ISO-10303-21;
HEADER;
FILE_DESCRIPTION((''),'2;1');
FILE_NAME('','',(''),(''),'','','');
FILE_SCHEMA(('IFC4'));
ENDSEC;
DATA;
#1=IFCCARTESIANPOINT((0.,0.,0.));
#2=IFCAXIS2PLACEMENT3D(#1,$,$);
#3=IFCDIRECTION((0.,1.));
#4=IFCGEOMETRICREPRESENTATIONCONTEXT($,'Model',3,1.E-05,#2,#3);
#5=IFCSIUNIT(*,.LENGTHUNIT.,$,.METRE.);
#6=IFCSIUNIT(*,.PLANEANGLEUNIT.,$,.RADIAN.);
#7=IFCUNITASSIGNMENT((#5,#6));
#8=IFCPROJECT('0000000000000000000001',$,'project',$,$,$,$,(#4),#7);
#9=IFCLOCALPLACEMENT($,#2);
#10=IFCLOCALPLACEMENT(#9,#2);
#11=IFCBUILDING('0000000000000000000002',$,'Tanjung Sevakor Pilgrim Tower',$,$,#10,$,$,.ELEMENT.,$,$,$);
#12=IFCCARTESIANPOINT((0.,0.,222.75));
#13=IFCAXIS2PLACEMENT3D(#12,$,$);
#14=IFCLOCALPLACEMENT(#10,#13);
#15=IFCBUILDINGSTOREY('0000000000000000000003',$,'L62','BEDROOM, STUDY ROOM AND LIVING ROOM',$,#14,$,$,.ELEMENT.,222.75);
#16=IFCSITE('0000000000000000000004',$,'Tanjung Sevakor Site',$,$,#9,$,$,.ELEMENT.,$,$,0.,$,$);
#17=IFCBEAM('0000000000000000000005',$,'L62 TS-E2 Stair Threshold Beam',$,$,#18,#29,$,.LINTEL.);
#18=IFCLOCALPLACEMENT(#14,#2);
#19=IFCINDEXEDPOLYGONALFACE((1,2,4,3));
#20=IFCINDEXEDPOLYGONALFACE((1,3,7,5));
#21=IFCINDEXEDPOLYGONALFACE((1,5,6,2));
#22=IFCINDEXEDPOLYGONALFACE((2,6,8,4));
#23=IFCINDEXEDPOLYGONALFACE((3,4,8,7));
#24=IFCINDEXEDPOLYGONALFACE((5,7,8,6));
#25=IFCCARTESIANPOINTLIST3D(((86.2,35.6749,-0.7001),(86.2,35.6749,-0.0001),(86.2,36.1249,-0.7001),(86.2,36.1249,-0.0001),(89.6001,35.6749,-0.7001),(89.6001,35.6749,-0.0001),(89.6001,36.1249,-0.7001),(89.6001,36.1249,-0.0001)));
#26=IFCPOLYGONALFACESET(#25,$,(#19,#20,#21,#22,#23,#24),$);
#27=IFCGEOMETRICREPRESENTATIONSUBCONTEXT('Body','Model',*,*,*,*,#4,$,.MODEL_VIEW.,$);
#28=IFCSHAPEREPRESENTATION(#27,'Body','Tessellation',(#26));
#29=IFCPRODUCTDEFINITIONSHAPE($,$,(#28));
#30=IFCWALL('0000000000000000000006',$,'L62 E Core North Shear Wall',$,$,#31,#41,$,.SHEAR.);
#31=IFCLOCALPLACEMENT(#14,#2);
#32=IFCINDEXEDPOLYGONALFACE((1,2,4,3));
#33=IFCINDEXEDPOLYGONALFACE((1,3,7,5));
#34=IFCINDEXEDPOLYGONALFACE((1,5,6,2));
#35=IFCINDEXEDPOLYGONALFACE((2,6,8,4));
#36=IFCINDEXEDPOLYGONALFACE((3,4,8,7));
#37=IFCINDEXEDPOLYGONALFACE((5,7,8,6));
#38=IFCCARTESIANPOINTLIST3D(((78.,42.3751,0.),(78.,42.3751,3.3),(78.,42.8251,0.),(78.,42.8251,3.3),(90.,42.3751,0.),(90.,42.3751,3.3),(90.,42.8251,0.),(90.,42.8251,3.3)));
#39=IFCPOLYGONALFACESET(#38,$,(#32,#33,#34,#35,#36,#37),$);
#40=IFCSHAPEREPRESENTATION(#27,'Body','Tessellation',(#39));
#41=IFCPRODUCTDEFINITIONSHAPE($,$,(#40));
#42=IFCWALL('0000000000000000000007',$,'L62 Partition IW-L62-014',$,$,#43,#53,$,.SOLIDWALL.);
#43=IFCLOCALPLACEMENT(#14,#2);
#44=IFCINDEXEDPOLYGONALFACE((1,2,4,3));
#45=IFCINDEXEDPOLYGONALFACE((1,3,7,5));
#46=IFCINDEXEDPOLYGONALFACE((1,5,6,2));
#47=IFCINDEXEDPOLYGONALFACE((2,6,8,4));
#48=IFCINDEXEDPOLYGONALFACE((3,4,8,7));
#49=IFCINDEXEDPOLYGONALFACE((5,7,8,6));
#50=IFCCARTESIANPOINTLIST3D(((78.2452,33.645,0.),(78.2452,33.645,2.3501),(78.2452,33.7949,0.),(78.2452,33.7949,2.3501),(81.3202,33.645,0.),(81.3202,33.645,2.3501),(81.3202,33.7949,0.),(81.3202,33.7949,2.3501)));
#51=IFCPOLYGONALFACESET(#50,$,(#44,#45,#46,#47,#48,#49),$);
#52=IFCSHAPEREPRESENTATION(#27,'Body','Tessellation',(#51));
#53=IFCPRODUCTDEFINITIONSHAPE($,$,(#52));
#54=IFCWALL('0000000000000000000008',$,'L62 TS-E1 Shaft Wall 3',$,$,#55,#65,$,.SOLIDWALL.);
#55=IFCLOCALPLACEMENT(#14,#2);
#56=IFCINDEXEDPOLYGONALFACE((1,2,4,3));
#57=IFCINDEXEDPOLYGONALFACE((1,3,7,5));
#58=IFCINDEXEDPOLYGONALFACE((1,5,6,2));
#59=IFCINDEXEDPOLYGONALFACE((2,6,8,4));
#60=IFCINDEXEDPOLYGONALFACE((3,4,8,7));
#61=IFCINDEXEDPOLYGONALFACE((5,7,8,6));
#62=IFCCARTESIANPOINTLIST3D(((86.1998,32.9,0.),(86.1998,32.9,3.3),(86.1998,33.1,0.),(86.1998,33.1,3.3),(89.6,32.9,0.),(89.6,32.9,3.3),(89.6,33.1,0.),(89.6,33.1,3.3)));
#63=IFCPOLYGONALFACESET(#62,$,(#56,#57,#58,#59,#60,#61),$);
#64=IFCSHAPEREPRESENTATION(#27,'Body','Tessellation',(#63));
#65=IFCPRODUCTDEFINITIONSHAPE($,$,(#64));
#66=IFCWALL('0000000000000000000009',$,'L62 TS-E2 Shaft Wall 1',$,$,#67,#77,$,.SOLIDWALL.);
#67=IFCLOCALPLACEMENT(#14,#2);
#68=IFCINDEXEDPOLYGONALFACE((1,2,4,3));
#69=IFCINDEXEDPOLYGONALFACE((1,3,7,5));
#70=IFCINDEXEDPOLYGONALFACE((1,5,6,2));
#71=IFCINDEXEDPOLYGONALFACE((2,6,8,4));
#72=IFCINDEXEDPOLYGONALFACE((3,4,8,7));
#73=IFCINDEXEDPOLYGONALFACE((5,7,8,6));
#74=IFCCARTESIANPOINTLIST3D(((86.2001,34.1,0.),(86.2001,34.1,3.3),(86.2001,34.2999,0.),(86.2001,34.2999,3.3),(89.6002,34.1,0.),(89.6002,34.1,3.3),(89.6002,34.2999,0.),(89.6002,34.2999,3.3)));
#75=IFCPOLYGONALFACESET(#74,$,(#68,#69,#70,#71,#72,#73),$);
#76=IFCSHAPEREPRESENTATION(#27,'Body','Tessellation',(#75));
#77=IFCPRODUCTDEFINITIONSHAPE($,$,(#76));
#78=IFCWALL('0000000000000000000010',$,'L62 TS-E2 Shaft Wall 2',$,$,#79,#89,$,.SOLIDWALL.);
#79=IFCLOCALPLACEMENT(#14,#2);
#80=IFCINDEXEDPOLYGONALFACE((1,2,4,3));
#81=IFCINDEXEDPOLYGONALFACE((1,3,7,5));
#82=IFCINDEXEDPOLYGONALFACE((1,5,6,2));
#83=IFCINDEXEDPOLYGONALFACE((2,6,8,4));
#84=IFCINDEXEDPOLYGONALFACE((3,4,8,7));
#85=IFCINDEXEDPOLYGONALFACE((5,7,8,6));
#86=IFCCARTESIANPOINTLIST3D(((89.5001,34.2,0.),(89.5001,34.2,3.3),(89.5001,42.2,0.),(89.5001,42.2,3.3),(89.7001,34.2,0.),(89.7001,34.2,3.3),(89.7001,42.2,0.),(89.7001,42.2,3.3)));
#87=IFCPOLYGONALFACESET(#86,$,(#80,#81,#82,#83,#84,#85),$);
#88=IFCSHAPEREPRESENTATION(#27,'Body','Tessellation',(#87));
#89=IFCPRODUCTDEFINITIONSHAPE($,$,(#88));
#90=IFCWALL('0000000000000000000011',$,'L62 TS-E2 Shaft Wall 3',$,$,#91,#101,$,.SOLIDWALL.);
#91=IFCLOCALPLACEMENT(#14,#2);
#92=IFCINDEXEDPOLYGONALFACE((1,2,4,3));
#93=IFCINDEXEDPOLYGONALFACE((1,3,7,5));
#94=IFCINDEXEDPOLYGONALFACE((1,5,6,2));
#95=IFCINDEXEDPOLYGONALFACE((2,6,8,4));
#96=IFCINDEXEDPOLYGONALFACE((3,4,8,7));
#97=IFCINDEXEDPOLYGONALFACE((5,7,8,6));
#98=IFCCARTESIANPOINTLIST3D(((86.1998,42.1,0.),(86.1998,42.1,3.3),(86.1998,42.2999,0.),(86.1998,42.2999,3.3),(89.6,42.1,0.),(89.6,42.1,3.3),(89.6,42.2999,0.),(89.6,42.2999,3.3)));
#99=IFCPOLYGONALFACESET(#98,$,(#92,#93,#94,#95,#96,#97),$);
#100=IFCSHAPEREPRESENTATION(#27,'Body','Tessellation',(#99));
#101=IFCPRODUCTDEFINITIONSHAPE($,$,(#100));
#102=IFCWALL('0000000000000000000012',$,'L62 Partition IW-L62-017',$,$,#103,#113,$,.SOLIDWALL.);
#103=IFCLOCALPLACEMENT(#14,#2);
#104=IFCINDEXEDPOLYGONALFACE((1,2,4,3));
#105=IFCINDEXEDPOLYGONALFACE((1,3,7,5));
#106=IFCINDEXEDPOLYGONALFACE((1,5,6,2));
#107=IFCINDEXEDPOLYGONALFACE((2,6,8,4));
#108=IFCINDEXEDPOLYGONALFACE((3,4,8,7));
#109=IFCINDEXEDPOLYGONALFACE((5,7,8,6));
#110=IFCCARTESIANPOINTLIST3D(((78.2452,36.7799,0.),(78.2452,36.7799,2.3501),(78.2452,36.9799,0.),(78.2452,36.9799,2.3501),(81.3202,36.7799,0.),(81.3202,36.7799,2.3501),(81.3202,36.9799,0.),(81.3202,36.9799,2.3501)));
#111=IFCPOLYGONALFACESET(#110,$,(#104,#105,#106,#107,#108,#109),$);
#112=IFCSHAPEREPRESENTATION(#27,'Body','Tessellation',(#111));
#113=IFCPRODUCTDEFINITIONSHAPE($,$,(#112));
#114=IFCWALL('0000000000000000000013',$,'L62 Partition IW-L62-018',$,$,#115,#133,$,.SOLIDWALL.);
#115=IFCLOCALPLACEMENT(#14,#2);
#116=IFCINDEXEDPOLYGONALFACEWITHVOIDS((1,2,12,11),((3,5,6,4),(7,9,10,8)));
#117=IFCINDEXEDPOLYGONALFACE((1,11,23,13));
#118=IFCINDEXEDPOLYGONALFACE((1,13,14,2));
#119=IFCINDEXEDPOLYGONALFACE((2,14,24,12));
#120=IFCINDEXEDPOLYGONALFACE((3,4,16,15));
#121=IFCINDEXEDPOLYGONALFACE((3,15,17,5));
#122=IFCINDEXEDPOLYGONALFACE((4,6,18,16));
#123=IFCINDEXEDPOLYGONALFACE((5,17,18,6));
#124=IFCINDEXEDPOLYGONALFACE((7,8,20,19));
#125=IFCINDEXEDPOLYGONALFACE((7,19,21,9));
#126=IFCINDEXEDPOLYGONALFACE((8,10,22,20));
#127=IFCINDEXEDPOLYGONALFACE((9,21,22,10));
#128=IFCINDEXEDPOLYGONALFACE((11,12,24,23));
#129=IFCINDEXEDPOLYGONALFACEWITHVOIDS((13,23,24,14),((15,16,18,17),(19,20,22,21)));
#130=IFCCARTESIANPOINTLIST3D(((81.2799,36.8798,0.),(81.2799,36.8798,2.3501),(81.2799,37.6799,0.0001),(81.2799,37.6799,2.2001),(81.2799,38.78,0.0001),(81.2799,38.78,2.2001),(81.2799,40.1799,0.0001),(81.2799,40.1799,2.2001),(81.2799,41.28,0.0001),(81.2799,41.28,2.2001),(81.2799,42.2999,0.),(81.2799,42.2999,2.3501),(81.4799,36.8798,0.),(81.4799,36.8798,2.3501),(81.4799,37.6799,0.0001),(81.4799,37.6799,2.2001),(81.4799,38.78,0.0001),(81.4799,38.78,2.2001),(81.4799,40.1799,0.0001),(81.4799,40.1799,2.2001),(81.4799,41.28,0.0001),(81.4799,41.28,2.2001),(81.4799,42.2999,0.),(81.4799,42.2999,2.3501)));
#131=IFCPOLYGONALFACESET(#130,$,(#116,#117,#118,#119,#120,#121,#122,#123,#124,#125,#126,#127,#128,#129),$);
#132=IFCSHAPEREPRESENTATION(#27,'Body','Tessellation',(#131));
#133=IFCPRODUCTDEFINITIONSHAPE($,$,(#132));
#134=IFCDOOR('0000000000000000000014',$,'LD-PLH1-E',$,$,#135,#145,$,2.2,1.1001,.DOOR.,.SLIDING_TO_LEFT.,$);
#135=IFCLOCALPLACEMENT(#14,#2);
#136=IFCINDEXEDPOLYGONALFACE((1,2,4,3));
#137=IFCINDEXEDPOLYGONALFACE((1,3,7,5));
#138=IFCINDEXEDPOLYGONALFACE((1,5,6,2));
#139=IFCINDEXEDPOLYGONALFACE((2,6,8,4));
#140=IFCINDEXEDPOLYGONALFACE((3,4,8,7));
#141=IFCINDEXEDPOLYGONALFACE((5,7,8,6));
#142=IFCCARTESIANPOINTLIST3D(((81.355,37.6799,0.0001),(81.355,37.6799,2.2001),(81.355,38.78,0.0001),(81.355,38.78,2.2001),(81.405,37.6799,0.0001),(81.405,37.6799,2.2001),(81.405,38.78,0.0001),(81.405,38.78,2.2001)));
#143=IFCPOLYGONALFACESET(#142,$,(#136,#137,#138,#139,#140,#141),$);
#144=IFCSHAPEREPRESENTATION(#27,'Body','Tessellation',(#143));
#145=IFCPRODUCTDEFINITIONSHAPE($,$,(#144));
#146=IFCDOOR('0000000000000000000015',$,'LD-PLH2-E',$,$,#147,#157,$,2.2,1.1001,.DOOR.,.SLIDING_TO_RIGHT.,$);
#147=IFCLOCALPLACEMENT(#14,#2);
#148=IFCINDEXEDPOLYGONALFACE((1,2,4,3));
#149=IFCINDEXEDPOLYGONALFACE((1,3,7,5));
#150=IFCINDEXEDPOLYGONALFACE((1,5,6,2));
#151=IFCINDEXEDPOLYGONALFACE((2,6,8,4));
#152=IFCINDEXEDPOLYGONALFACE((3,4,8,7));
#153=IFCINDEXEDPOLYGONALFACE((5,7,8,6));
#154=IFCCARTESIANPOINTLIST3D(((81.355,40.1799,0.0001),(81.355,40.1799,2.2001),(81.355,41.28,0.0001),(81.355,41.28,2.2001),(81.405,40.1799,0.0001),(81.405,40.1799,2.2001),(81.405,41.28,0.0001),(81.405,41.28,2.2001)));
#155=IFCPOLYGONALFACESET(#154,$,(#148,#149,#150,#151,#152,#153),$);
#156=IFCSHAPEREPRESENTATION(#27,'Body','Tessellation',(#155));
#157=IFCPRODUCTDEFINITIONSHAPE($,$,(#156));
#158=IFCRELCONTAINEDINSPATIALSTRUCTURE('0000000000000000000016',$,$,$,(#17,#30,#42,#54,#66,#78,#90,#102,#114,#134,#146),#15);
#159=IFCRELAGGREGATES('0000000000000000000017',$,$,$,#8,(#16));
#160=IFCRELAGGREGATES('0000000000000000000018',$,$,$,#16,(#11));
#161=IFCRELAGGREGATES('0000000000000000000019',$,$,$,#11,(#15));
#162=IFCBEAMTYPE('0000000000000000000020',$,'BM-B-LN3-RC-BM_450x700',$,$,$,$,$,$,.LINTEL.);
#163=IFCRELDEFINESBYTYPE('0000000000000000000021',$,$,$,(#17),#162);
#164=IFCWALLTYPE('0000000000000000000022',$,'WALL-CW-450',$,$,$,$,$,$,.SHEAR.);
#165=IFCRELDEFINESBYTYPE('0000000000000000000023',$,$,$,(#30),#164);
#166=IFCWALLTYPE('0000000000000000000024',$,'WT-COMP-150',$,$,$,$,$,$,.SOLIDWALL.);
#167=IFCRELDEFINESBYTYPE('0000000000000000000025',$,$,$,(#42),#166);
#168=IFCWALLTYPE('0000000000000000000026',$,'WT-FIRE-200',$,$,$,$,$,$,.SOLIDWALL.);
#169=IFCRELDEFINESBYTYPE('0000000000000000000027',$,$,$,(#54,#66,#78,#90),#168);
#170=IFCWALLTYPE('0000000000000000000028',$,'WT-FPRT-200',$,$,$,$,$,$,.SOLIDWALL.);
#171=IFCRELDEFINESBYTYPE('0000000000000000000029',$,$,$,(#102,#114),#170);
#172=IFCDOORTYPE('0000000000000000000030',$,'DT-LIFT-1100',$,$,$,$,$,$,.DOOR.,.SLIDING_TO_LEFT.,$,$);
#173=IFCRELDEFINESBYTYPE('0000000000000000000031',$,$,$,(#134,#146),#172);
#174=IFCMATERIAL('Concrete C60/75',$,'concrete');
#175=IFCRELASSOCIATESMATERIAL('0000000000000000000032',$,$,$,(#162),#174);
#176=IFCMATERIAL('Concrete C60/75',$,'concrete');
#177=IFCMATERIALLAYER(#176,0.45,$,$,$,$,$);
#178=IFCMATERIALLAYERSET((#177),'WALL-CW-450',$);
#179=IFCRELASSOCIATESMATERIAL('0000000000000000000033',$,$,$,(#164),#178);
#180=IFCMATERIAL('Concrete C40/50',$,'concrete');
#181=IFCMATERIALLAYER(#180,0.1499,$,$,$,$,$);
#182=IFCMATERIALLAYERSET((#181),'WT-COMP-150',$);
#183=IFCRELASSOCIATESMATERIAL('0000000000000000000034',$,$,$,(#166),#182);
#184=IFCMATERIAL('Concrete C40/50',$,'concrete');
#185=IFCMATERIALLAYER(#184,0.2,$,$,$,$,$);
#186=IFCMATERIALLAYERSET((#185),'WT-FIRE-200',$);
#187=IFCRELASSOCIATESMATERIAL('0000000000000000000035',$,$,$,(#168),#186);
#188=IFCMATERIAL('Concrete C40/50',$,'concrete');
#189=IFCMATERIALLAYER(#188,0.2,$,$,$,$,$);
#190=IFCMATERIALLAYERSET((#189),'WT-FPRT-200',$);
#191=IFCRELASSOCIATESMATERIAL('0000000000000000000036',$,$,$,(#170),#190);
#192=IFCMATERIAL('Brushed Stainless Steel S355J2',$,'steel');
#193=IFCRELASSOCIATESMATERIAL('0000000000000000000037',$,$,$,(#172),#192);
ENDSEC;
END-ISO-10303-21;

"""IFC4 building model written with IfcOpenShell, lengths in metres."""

from ifc_helpers import new_model, si_unit, direction, frame, frame_2d, origin, origin_2d, place, context, subcontext, project, spatial, rectangle, extrude, material, layer, layer_set, material_profile, profile_set, type_object, element, fill, save


model = new_model("IFC4")

# Units and contexts
model_context = context("Model", 3, precision=1e-05, world=origin(), true_north=direction((0.0, 1.0)))
body_context = subcontext(model_context, "Body", "Model", "MODEL_VIEW")
ifc_project = project(units=[si_unit("LENGTHUNIT", "METRE"), si_unit("PLANEANGLEUNIT", "RADIAN")], contexts=[model_context])

# Site, building, storey
site_placement = place(None, origin())
site = spatial("IfcSite", under=ifc_project, at=site_placement, Name="Tanjung Sevakor Site", CompositionType="ELEMENT", RefElevation=0.0)
building_placement = place(site_placement, origin())
building = spatial("IfcBuilding", under=site, at=building_placement, Name="Tanjung Sevakor Pilgrim Tower", CompositionType="ELEMENT")
storey_placement = place(building_placement, frame((0.0, 0.0, 222.75)))
storey = spatial("IfcBuildingStorey", under=building, at=storey_placement, Name="L62", Description="BEDROOM, STUDY ROOM AND LIVING ROOM", CompositionType="ELEMENT", Elevation=222.75)

# Beam
ifc_material_1 = material(Name="Concrete C60/75", Category="concrete")
ifc_material_profile = material_profile(ifc_material_1, rectangle(XDim=0.45, YDim=0.7, at=origin_2d()))
ifc_profile_set = profile_set([ifc_material_profile], Name="Concrete C60/75")
beam_type = type_object("IfcBeamType", Name="BM-B-LN3-RC-BM_450x700", PredefinedType="LINTEL", material=ifc_profile_set)
beam_placement = place(storey_placement, frame((86.2, 35.8999, -0.3501), z_axis=(1.0, 0.0, 0.0), x_axis=(0.0, 1.0, 0.0)))
element("IfcBeam", 1, at=beam_placement, inside=storey, type_object=beam_type, Name="L62 TS-E2 Stair Threshold Beam", PredefinedType="LINTEL", context=body_context, shape_type="SweptSolid", body=[
    extrude(rectangle(XDim=0.45, YDim=0.7, at=origin_2d()), origin(), (0.0, 0.0, 1.0), 3.4001),
])

# Walls
ifc_material_2 = material(Name="Concrete C60/75", Category="concrete")
ifc_layer_1 = layer(ifc_material_2, 0.45)
ifc_layer_set_1 = layer_set([ifc_layer_1], Name="WALL-CW-450")
wall_type_1 = type_object("IfcWallType", Name="WALL-CW-450", PredefinedType="SHEAR", material=ifc_layer_set_1)
wall_1_placement = place(storey_placement, frame((90.0, 42.6001, 0.0), z_axis=(0.0, 0.0, 1.0), x_axis=(-1.0, 0.0, 0.0)))
element("IfcWall", 2, at=wall_1_placement, inside=storey, type_object=wall_type_1, Name="L62 E Core North Shear Wall", PredefinedType="SHEAR", context=body_context, shape_type="SweptSolid", body=[
    extrude(rectangle(XDim=12.0, YDim=0.45, at=frame_2d((6.0, 0.0))), origin(), (0.0, 0.0, 1.0), 3.3),
])
ifc_material_3 = material(Name="Concrete C40/50", Category="concrete")
ifc_layer_2 = layer(ifc_material_3, 0.1499)
ifc_layer_set_2 = layer_set([ifc_layer_2], Name="WT-COMP-150")
wall_type_2 = type_object("IfcWallType", Name="WT-COMP-150", PredefinedType="SOLIDWALL", material=ifc_layer_set_2)
wall_2_placement = place(storey_placement, frame((78.2451, 33.72, 0.0), z_axis=(0.0, 0.0, 1.0), x_axis=(1.0, 0.0, 0.0)))
element("IfcWall", 3, at=wall_2_placement, inside=storey, type_object=wall_type_2, Name="L62 Partition IW-L62-014", PredefinedType="SOLIDWALL", context=body_context, shape_type="SweptSolid", body=[
    extrude(rectangle(XDim=3.075, YDim=0.1499, at=frame_2d((1.5376, 0.0))), origin(), (0.0, 0.0, 1.0), 2.3501),
])

# Walls
ifc_material_4 = material(Name="Concrete C40/50", Category="concrete")
ifc_layer_3 = layer(ifc_material_4, 0.2)
ifc_layer_set_3 = layer_set([ifc_layer_3], Name="WT-FIRE-200")
wall_type_3 = type_object("IfcWallType", Name="WT-FIRE-200", PredefinedType="SOLIDWALL", material=ifc_layer_set_3)
for number, where, z_axis, x_axis, name in (
    (4, (89.6001, 33.0, 0.0), (0.0, 0.0, 1.0), (-1.0, 0.0, 0.0), "L62 TS-E1 Shaft Wall 3"),
    (5, (86.2, 34.2, 0.0), (0.0, 0.0, 1.0), (1.0, 0.0, 0.0), "L62 TS-E2 Shaft Wall 1"),
):
    element("IfcWall", number, at=place(storey_placement, frame(where, z_axis=z_axis, x_axis=x_axis)), inside=storey, type_object=wall_type_3, Name=name, PredefinedType="SOLIDWALL", context=body_context, shape_type="SweptSolid", body=[
        extrude(rectangle(XDim=3.4001, YDim=0.2, at=frame_2d((1.7002, 0.0))), origin(), (0.0, 0.0, 1.0), 3.3),
    ])
wall_3_placement = place(storey_placement, frame((89.6001, 34.2, 0.0), z_axis=(0.0, 0.0, 1.0), x_axis=(0.0, 1.0, 0.0)))
element("IfcWall", 6, at=wall_3_placement, inside=storey, type_object=wall_type_3, Name="L62 TS-E2 Shaft Wall 2", PredefinedType="SOLIDWALL", context=body_context, shape_type="SweptSolid", body=[
    extrude(rectangle(XDim=8.0, YDim=0.2, at=frame_2d((4.0, 0.0))), origin(), (0.0, 0.0, 1.0), 3.3),
])
wall_4_placement = place(storey_placement, frame((89.6001, 42.2, 0.0), z_axis=(0.0, 0.0, 1.0), x_axis=(-1.0, 0.0, 0.0)))
element("IfcWall", 7, at=wall_4_placement, inside=storey, type_object=wall_type_3, Name="L62 TS-E2 Shaft Wall 3", PredefinedType="SOLIDWALL", context=body_context, shape_type="SweptSolid", body=[
    extrude(rectangle(XDim=3.4001, YDim=0.2, at=frame_2d((1.7002, 0.0))), origin(), (0.0, 0.0, 1.0), 3.3),
])
ifc_material_5 = material(Name="Concrete C40/50", Category="concrete")
ifc_layer_4 = layer(ifc_material_5, 0.2)
ifc_layer_set_4 = layer_set([ifc_layer_4], Name="WT-FPRT-200")
wall_type_4 = type_object("IfcWallType", Name="WT-FPRT-200", PredefinedType="SOLIDWALL", material=ifc_layer_set_4)
wall_5_placement = place(storey_placement, frame((78.2451, 36.8799, 0.0), z_axis=(0.0, 0.0, 1.0), x_axis=(1.0, 0.0, 0.0)))
element("IfcWall", 8, at=wall_5_placement, inside=storey, type_object=wall_type_4, Name="L62 Partition IW-L62-017", PredefinedType="SOLIDWALL", context=body_context, shape_type="SweptSolid", body=[
    extrude(rectangle(XDim=3.075, YDim=0.2, at=frame_2d((1.5376, 0.0))), origin(), (0.0, 0.0, 1.0), 2.3501),
])

# Wall, openings, doors
wall_6_placement = place(storey_placement, frame((81.3799, 36.8799, 0.0), z_axis=(0.0, 0.0, 1.0), x_axis=(0.0, 1.0, 0.0)))
wall_6 = element("IfcWall", 9, at=wall_6_placement, inside=storey, type_object=wall_type_4, Name="L62 Partition IW-L62-018", PredefinedType="SOLIDWALL", context=body_context, shape_type="SweptSolid", body=[
    extrude(rectangle(XDim=5.4202, YDim=0.2, at=frame_2d((2.71, 0.0))), origin(), (0.0, 0.0, 1.0), 2.3501),
])
opening_1_placement = place(wall_6_placement, frame((0.8, 0.0, 0.0)))
opening_1 = element("IfcOpeningElement", 10, at=opening_1_placement, cuts=wall_6, PredefinedType="OPENING", context=body_context, shape_type="SweptSolid", body=[
    extrude(rectangle(XDim=1.1001, YDim=2.2, at=frame_2d((0.55, 1.1001))), frame((0.0, 0.1099, 0.0), z_axis=(0.0, -1.0, 0.0), x_axis=(1.0, 0.0, 0.0)), (0.0, 0.0, 1.0), 0.22),
])
opening_2_placement = place(wall_6_placement, frame((3.3, 0.0, 0.0)))
opening_2 = element("IfcOpeningElement", 11, at=opening_2_placement, cuts=wall_6, PredefinedType="OPENING", context=body_context, shape_type="SweptSolid", body=[
    extrude(rectangle(XDim=1.1001, YDim=2.2, at=frame_2d((0.55, 1.1001))), frame((0.0, 0.1099, 0.0), z_axis=(0.0, -1.0, 0.0), x_axis=(1.0, 0.0, 0.0)), (0.0, 0.0, 1.0), 0.22),
])
ifc_material_6 = material(Name="Brushed Stainless Steel S355J2", Category="steel")
door_type_1 = type_object("IfcDoorType", Name="DT-LIFT-1100", OperationType="SLIDING_TO_LEFT", PredefinedType="DOOR", material=ifc_material_6)
door_1_placement = place(opening_1_placement, origin())
door_1 = element("IfcDoor", 12, at=door_1_placement, inside=storey, type_object=door_type_1, Name="LD-PLH1-E", OperationType="SLIDING_TO_LEFT", OverallHeight=2.2, OverallWidth=1.1001, PredefinedType="DOOR", context=body_context, shape_type="SweptSolid", body=[
    extrude(rectangle(XDim=1.1001, YDim=2.2, at=frame_2d((0.55, 1.1001))), frame((0.0, 0.0249, 0.0), z_axis=(0.0, -1.0, 0.0), x_axis=(1.0, 0.0, 0.0)), (0.0, 0.0, 1.0), 0.05),
])
fill(opening_1, door_1)
door_2_placement = place(opening_2_placement, origin())
door_2 = element("IfcDoor", 13, at=door_2_placement, inside=storey, type_object=door_type_1, Name="LD-PLH2-E", OperationType="SLIDING_TO_RIGHT", OverallHeight=2.2, OverallWidth=1.1001, PredefinedType="DOOR", context=body_context, shape_type="SweptSolid", body=[
    extrude(rectangle(XDim=1.1001, YDim=2.2, at=frame_2d((0.55, 1.1001))), frame((0.0, 0.0249, 0.0), z_axis=(0.0, -1.0, 0.0), x_axis=(1.0, 0.0, 0.0)), (0.0, 0.0, 1.0), 0.05),
])
fill(opening_2, door_2)

save(model, "model.ifc")
